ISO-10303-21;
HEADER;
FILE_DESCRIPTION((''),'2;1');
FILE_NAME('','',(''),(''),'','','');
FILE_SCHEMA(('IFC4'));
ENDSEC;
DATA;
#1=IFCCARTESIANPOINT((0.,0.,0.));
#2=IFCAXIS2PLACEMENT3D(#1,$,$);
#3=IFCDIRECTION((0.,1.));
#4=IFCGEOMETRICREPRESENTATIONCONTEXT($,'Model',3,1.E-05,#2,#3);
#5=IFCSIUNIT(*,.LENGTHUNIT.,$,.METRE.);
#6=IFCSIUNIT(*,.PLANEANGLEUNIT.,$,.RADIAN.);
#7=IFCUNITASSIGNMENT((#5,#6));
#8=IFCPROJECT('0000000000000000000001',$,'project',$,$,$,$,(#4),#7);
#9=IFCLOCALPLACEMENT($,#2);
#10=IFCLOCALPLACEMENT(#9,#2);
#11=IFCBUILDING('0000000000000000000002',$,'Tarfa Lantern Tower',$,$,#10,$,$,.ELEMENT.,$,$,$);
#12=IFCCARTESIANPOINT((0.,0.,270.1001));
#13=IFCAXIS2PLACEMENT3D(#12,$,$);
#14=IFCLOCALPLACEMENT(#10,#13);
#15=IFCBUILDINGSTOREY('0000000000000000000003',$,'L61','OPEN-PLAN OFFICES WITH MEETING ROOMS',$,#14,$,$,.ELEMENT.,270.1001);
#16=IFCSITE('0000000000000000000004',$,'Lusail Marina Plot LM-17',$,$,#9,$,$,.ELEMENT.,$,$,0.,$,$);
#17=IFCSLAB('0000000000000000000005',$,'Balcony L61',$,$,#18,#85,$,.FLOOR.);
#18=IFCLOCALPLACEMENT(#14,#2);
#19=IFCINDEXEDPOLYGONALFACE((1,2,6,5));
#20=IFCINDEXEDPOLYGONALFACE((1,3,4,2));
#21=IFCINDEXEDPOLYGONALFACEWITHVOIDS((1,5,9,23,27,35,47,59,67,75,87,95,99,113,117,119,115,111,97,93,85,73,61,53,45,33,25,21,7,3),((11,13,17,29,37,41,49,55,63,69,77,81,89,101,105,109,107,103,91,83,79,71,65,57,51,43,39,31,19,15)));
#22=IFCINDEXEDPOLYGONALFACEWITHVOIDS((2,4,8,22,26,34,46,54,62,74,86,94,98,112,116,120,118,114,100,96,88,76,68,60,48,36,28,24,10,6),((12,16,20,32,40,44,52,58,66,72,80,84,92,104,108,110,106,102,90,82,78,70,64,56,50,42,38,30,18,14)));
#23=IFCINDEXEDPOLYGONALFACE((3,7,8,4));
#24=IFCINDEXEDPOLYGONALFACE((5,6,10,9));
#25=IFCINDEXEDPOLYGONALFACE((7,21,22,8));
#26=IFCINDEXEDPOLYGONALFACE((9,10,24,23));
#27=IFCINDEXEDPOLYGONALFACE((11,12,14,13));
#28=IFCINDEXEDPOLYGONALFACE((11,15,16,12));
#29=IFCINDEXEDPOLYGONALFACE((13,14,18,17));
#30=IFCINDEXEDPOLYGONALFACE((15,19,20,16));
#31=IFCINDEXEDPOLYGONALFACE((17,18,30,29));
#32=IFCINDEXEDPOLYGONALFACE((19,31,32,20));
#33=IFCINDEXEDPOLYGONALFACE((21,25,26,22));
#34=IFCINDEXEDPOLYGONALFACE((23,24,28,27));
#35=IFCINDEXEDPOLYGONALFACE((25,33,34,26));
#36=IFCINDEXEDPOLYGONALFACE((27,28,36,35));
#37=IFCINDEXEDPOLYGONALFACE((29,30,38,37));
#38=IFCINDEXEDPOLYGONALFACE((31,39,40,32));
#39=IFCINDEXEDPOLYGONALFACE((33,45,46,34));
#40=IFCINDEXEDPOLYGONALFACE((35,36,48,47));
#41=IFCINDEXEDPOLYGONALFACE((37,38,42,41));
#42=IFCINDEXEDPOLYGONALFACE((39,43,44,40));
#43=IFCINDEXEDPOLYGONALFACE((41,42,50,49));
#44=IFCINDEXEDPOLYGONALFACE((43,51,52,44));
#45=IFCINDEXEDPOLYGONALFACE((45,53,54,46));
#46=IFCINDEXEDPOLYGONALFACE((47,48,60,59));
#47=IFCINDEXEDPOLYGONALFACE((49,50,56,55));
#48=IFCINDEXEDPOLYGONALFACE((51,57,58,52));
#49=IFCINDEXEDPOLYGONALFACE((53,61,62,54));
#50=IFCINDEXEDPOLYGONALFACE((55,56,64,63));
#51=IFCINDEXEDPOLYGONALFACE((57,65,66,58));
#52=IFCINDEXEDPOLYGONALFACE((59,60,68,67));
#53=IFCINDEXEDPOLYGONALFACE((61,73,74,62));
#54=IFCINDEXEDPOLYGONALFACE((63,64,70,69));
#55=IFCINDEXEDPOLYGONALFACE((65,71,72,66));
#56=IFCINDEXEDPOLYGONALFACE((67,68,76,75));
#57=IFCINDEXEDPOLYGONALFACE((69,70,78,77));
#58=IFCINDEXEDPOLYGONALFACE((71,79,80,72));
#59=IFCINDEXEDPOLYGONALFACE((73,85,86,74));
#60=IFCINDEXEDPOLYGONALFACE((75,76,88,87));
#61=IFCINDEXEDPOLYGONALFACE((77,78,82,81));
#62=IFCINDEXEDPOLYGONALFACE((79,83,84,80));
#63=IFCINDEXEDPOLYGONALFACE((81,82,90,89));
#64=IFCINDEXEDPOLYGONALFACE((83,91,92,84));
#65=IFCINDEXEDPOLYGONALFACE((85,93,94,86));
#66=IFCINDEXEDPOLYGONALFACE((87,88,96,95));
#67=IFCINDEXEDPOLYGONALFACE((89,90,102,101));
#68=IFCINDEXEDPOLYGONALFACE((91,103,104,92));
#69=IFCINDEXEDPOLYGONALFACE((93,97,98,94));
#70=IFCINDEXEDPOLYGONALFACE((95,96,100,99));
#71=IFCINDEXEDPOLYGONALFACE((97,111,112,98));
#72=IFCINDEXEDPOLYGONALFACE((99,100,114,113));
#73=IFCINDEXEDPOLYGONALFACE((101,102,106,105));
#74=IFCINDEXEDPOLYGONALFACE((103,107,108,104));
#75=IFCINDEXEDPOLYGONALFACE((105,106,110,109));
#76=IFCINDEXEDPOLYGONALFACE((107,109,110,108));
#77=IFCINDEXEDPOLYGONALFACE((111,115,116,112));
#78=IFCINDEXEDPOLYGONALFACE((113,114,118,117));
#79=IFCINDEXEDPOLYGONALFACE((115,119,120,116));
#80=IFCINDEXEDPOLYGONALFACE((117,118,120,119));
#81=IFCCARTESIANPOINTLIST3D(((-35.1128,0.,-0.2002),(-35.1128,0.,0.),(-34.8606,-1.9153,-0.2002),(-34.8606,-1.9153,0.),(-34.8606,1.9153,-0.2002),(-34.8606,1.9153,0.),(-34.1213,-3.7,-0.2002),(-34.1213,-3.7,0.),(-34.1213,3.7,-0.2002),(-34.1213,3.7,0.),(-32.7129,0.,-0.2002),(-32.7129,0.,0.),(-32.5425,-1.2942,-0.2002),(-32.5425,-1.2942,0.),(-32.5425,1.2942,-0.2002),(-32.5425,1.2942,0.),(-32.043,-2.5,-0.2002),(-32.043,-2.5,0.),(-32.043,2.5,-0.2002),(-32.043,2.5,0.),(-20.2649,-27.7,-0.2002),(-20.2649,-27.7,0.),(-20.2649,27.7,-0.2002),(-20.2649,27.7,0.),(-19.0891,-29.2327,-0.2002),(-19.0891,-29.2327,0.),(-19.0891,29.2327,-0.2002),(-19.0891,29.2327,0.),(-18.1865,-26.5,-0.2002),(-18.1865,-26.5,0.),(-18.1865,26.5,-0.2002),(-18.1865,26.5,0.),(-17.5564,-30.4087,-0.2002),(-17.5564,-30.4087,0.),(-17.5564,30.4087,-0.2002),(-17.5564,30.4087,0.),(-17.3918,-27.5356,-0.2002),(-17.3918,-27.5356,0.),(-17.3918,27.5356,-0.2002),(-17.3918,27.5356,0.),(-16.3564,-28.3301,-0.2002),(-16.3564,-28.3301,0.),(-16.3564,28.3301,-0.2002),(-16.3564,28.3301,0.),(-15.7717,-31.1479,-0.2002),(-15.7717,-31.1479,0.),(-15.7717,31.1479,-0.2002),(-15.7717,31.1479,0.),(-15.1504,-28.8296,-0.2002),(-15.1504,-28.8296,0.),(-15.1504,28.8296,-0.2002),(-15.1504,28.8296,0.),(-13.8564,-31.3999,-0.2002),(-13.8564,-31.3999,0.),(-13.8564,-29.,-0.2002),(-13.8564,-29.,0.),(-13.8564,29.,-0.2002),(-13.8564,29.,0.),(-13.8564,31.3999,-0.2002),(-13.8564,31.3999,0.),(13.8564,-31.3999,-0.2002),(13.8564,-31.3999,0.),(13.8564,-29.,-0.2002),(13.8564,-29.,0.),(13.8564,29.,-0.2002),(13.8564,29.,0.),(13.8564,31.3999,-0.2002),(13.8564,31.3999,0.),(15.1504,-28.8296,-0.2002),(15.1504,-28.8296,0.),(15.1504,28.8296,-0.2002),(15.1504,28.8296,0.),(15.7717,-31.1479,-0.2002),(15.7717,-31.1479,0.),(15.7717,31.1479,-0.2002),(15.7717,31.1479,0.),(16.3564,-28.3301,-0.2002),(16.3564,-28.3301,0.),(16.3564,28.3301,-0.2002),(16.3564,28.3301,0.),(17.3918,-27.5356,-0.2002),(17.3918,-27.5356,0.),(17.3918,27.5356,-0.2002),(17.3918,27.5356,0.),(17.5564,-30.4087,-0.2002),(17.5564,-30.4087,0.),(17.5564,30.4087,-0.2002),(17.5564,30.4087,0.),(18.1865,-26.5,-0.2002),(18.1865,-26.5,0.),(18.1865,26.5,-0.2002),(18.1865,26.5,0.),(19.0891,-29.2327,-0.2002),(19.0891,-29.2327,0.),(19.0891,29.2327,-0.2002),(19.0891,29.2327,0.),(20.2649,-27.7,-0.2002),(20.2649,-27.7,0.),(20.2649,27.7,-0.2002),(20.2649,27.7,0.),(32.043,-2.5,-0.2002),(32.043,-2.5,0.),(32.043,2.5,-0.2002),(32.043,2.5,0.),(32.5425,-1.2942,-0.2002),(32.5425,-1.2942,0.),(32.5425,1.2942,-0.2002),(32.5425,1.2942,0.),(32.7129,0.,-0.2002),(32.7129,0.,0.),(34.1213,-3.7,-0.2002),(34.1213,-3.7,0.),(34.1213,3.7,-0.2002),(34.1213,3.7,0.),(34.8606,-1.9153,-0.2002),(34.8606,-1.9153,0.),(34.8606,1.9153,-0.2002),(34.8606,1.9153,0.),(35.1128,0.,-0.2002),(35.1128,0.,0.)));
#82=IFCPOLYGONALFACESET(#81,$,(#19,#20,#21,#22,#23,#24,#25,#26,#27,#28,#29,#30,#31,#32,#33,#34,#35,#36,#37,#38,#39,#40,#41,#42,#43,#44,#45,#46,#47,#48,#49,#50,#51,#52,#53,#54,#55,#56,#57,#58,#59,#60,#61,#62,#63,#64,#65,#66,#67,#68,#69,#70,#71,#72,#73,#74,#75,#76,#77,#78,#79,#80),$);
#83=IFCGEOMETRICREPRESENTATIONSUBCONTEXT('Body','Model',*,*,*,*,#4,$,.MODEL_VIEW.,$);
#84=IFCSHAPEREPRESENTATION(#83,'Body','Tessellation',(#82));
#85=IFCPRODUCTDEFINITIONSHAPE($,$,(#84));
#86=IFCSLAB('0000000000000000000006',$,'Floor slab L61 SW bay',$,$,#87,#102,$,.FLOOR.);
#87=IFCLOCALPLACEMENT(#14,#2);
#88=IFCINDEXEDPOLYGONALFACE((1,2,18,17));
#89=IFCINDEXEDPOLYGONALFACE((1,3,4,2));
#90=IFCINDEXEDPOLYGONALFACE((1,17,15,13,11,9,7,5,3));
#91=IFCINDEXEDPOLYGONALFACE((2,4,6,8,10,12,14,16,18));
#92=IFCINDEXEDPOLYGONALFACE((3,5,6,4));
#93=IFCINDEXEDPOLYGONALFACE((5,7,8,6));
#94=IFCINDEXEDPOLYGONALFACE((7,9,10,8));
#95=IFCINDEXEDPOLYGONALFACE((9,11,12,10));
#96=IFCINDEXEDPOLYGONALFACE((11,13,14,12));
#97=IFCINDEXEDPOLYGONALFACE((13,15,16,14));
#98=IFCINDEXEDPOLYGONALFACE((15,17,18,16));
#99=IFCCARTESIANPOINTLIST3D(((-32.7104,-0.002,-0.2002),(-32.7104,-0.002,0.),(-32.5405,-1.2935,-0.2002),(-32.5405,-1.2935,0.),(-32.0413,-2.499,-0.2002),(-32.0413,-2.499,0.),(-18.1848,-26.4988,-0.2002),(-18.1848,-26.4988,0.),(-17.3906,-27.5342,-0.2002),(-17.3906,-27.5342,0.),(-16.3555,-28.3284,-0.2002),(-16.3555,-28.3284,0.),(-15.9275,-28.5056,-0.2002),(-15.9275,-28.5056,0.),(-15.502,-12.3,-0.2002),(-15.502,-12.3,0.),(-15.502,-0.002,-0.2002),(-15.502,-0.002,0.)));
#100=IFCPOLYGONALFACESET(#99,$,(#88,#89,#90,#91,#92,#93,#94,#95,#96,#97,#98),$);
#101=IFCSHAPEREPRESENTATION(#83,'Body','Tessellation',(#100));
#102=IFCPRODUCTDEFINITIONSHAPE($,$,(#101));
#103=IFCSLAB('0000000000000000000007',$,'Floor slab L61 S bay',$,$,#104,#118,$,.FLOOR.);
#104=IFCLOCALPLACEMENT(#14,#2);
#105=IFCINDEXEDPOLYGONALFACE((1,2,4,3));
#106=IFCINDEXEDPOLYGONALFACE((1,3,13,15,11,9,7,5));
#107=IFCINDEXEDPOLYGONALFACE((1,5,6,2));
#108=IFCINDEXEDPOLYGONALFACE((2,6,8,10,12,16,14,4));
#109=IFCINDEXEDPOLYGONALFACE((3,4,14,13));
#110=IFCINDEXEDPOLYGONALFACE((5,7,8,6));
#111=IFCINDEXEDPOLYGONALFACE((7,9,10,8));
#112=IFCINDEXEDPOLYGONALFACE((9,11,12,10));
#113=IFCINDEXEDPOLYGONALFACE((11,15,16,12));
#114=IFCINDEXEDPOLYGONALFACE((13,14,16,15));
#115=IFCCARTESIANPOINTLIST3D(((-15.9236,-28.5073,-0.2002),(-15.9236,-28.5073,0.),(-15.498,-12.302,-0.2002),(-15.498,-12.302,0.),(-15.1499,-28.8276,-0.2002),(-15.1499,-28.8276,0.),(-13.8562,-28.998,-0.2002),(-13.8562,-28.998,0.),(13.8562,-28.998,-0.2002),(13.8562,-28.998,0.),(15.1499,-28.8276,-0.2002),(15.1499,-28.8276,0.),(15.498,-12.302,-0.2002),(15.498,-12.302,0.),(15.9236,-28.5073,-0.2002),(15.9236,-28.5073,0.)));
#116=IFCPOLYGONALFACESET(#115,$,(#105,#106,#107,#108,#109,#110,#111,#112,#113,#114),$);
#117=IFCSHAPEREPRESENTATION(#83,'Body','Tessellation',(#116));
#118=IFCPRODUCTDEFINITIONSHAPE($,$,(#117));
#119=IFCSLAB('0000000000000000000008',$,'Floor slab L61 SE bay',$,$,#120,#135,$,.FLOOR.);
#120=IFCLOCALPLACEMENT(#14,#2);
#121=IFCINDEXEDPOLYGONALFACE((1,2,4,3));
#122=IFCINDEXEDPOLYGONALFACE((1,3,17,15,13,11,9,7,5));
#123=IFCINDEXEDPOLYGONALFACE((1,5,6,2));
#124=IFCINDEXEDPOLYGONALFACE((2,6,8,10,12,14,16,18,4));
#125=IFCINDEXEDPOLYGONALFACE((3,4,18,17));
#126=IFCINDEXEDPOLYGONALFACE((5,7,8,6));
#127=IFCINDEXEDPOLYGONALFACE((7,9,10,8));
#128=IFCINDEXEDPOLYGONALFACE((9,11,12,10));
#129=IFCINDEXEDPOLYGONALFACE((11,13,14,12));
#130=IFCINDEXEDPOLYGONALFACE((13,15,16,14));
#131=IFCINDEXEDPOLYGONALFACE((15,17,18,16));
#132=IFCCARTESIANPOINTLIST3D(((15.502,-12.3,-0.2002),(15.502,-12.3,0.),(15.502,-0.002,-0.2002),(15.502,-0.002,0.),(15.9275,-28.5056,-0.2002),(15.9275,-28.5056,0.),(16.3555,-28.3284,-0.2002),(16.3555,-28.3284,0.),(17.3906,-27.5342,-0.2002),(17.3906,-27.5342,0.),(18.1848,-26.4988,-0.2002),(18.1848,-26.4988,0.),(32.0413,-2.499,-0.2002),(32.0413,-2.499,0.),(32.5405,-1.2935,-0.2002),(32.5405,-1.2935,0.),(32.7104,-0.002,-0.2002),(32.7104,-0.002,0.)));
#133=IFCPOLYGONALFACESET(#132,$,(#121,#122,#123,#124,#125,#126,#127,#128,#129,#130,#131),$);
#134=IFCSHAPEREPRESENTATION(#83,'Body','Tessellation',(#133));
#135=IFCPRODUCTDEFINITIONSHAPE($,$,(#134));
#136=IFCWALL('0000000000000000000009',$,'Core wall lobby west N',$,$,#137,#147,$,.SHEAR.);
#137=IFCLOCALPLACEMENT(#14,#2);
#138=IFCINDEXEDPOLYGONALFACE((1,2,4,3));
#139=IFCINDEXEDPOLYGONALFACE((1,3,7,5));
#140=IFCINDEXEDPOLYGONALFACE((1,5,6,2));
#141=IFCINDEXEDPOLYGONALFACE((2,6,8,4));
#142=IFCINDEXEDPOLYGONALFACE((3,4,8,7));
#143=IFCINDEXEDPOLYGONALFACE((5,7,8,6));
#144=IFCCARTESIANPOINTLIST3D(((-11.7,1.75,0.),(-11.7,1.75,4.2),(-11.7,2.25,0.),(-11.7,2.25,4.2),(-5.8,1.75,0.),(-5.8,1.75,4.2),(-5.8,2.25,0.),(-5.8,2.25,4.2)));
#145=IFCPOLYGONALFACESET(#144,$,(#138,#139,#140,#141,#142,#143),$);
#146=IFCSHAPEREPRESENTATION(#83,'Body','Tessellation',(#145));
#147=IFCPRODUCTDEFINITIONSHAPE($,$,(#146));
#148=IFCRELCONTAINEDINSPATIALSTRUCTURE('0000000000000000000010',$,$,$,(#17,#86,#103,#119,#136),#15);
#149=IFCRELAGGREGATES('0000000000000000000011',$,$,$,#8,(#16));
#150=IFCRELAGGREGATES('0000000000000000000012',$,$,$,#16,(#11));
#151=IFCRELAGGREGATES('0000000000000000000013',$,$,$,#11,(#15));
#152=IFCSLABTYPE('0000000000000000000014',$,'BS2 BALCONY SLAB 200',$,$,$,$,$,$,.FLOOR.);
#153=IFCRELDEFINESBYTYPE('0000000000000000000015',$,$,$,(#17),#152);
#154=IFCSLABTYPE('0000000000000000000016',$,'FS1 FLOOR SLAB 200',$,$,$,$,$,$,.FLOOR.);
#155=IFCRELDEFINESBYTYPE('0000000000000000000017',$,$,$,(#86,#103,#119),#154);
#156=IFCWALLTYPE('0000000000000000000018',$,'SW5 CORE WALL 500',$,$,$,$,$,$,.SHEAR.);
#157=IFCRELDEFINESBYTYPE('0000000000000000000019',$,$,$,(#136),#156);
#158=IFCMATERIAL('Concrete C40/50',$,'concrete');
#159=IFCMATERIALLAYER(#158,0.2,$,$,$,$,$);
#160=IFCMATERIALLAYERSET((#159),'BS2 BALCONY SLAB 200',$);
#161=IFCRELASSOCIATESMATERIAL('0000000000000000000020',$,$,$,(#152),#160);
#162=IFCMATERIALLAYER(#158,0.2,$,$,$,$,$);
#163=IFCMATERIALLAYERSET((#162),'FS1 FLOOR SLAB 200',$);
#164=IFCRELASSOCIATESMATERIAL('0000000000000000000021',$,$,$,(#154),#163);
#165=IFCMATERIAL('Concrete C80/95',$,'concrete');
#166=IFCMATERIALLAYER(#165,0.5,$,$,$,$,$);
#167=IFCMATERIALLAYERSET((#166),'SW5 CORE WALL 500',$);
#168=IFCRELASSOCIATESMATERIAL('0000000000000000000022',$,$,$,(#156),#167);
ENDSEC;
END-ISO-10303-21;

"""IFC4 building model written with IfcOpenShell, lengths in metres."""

from ifc_helpers import new_model, si_unit, direction, frame, frame_2d, origin, place, context, subcontext, project, spatial, polyline, rectangle, outline, extrude, material, layer, layer_set, type_object, element, save


model = new_model("IFC4")

# Units and contexts
model_context = context("Model", 3, precision=1e-05, world=origin(), true_north=direction((0.0, 1.0)))
body_context = subcontext(model_context, "Body", "Model", "MODEL_VIEW")
ifc_project = project(units=[si_unit("LENGTHUNIT", "METRE"), si_unit("PLANEANGLEUNIT", "RADIAN")], contexts=[model_context])

# Site, building, storey
site_placement = place(None, origin())
site = spatial("IfcSite", under=ifc_project, at=site_placement, Name="Lusail Marina Plot LM-17", CompositionType="ELEMENT", RefElevation=0.0)
building_placement = place(site_placement, origin())
building = spatial("IfcBuilding", under=site, at=building_placement, Name="Tarfa Lantern Tower", CompositionType="ELEMENT")
storey_placement = place(building_placement, frame((0.0, 0.0, 270.1001)))
storey = spatial("IfcBuildingStorey", under=building, at=storey_placement, Name="L61", Description="OPEN-PLAN OFFICES WITH MEETING ROOMS", CompositionType="ELEMENT", Elevation=270.1001)

# Slabs
ifc_material_1 = material(Name="Concrete C40/50", Category="concrete")
ifc_layer_1 = layer(ifc_material_1, 0.2)
ifc_layer_set_1 = layer_set([ifc_layer_1], Name="BS2 BALCONY SLAB 200")
slab_type_1 = type_object("IfcSlabType", Name="BS2 BALCONY SLAB 200", PredefinedType="FLOOR", material=ifc_layer_set_1)
slab_1_placement = place(storey_placement, frame((0.0, 0.0, -0.2002)))
element("IfcSlab", 1, at=slab_1_placement, inside=storey, type_object=slab_type_1, Name="Balcony L61", PredefinedType="FLOOR", context=body_context, shape_type="SweptSolid", body=[
    extrude(outline(polyline([(34.1213, 3.7), (20.2649, 27.7), (19.0891, 29.2327), (17.5564, 30.4087), (15.7717, 31.1479), (13.8564, 31.3999), (-13.8564, 31.3999), (-15.7717, 31.1479), (-17.5564, 30.4087), (-19.0891, 29.2327), (-20.2649, 27.7), (-34.1213, 3.7), (-34.8606, 1.9153), (-35.1128, 0.0), (-34.8606, -1.9153), (-34.1213, -3.7), (-20.2649, -27.7), (-19.0891, -29.2327), (-17.5564, -30.4087), (-15.7717, -31.1479), (-13.8564, -31.3999), (13.8564, -31.3999), (15.7717, -31.1479), (17.5564, -30.4087), (19.0891, -29.2327), (20.2649, -27.7), (34.1213, -3.7), (34.8606, -1.9153), (35.1128, 0.0), (34.8606, 1.9153), (34.1213, 3.7)]), holes=[polyline([(32.043, 2.5), (18.1865, 26.5), (17.3918, 27.5356), (16.3564, 28.3301), (15.1504, 28.8296), (13.8564, 29.0), (-13.8564, 29.0), (-15.1504, 28.8296), (-16.3564, 28.3301), (-17.3918, 27.5356), (-18.1865, 26.5), (-32.043, 2.5), (-32.5425, 1.2942), (-32.7129, 0.0), (-32.5425, -1.2942), (-32.043, -2.5), (-18.1865, -26.5), (-17.3918, -27.5356), (-16.3564, -28.3301), (-15.1504, -28.8296), (-13.8564, -29.0), (13.8564, -29.0), (15.1504, -28.8296), (16.3564, -28.3301), (17.3918, -27.5356), (18.1865, -26.5), (32.043, -2.5), (32.5425, -1.2942), (32.7129, 0.0), (32.5425, 1.2942), (32.043, 2.5)])]), origin(), (0.0, 0.0, 1.0), 0.2002),
])
ifc_layer_2 = layer(ifc_material_1, 0.2)
ifc_layer_set_2 = layer_set([ifc_layer_2], Name="FS1 FLOOR SLAB 200")
slab_type_2 = type_object("IfcSlabType", Name="FS1 FLOOR SLAB 200", PredefinedType="FLOOR", material=ifc_layer_set_2)
slab_2_placement = place(storey_placement, frame((0.0, 0.0, -0.2002)))
element("IfcSlab", 2, at=slab_2_placement, inside=storey, type_object=slab_type_2, Name="Floor slab L61 SW bay", PredefinedType="FLOOR", context=body_context, shape_type="SweptSolid", body=[
    extrude(outline(polyline([(-15.502, -12.3), (-15.502, -0.002), (-32.7104, -0.002), (-32.5405, -1.2935), (-32.0413, -2.499), (-18.1848, -26.4988), (-17.3906, -27.5342), (-16.3555, -28.3284), (-15.9275, -28.5056), (-15.502, -12.3)])), origin(), (0.0, 0.0, 1.0), 0.2002),
])
slab_3_placement = place(storey_placement, frame((0.0, 0.0, -0.2002)))
element("IfcSlab", 3, at=slab_3_placement, inside=storey, type_object=slab_type_2, Name="Floor slab L61 S bay", PredefinedType="FLOOR", context=body_context, shape_type="SweptSolid", body=[
    extrude(outline(polyline([(15.498, -12.302), (-15.498, -12.302), (-15.9236, -28.5073), (-15.1499, -28.8276), (-13.8562, -28.998), (13.8562, -28.998), (15.1499, -28.8276), (15.9236, -28.5073), (15.498, -12.302)])), origin(), (0.0, 0.0, 1.0), 0.2002),
])
slab_4_placement = place(storey_placement, frame((0.0, 0.0, -0.2002)))
element("IfcSlab", 4, at=slab_4_placement, inside=storey, type_object=slab_type_2, Name="Floor slab L61 SE bay", PredefinedType="FLOOR", context=body_context, shape_type="SweptSolid", body=[
    extrude(outline(polyline([(15.502, -0.002), (15.502, -12.3), (15.9275, -28.5056), (16.3555, -28.3284), (17.3906, -27.5342), (18.1848, -26.4988), (32.0413, -2.499), (32.5405, -1.2935), (32.7104, -0.002), (15.502, -0.002)])), origin(), (0.0, 0.0, 1.0), 0.2002),
])

# Wall
ifc_material_2 = material(Name="Concrete C80/95", Category="concrete")
ifc_layer_3 = layer(ifc_material_2, 0.5)
ifc_layer_set_3 = layer_set([ifc_layer_3], Name="SW5 CORE WALL 500")
wall_type = type_object("IfcWallType", Name="SW5 CORE WALL 500", PredefinedType="SHEAR", material=ifc_layer_set_3)
wall_1_placement = place(storey_placement, frame((-11.7, 2.0, 0.0), z_axis=(0.0, 0.0, 1.0), x_axis=(1.0, 0.0, 0.0)))
element("IfcWall", 5, at=wall_1_placement, inside=storey, type_object=wall_type, Name="Core wall lobby west N", PredefinedType="SHEAR", context=body_context, shape_type="SweptSolid", body=[
    extrude(rectangle(XDim=5.8999, YDim=0.5, at=frame_2d((2.95, 0.0))), origin(), (0.0, 0.0, 1.0), 4.2),
])

save(model, "model.ifc")
